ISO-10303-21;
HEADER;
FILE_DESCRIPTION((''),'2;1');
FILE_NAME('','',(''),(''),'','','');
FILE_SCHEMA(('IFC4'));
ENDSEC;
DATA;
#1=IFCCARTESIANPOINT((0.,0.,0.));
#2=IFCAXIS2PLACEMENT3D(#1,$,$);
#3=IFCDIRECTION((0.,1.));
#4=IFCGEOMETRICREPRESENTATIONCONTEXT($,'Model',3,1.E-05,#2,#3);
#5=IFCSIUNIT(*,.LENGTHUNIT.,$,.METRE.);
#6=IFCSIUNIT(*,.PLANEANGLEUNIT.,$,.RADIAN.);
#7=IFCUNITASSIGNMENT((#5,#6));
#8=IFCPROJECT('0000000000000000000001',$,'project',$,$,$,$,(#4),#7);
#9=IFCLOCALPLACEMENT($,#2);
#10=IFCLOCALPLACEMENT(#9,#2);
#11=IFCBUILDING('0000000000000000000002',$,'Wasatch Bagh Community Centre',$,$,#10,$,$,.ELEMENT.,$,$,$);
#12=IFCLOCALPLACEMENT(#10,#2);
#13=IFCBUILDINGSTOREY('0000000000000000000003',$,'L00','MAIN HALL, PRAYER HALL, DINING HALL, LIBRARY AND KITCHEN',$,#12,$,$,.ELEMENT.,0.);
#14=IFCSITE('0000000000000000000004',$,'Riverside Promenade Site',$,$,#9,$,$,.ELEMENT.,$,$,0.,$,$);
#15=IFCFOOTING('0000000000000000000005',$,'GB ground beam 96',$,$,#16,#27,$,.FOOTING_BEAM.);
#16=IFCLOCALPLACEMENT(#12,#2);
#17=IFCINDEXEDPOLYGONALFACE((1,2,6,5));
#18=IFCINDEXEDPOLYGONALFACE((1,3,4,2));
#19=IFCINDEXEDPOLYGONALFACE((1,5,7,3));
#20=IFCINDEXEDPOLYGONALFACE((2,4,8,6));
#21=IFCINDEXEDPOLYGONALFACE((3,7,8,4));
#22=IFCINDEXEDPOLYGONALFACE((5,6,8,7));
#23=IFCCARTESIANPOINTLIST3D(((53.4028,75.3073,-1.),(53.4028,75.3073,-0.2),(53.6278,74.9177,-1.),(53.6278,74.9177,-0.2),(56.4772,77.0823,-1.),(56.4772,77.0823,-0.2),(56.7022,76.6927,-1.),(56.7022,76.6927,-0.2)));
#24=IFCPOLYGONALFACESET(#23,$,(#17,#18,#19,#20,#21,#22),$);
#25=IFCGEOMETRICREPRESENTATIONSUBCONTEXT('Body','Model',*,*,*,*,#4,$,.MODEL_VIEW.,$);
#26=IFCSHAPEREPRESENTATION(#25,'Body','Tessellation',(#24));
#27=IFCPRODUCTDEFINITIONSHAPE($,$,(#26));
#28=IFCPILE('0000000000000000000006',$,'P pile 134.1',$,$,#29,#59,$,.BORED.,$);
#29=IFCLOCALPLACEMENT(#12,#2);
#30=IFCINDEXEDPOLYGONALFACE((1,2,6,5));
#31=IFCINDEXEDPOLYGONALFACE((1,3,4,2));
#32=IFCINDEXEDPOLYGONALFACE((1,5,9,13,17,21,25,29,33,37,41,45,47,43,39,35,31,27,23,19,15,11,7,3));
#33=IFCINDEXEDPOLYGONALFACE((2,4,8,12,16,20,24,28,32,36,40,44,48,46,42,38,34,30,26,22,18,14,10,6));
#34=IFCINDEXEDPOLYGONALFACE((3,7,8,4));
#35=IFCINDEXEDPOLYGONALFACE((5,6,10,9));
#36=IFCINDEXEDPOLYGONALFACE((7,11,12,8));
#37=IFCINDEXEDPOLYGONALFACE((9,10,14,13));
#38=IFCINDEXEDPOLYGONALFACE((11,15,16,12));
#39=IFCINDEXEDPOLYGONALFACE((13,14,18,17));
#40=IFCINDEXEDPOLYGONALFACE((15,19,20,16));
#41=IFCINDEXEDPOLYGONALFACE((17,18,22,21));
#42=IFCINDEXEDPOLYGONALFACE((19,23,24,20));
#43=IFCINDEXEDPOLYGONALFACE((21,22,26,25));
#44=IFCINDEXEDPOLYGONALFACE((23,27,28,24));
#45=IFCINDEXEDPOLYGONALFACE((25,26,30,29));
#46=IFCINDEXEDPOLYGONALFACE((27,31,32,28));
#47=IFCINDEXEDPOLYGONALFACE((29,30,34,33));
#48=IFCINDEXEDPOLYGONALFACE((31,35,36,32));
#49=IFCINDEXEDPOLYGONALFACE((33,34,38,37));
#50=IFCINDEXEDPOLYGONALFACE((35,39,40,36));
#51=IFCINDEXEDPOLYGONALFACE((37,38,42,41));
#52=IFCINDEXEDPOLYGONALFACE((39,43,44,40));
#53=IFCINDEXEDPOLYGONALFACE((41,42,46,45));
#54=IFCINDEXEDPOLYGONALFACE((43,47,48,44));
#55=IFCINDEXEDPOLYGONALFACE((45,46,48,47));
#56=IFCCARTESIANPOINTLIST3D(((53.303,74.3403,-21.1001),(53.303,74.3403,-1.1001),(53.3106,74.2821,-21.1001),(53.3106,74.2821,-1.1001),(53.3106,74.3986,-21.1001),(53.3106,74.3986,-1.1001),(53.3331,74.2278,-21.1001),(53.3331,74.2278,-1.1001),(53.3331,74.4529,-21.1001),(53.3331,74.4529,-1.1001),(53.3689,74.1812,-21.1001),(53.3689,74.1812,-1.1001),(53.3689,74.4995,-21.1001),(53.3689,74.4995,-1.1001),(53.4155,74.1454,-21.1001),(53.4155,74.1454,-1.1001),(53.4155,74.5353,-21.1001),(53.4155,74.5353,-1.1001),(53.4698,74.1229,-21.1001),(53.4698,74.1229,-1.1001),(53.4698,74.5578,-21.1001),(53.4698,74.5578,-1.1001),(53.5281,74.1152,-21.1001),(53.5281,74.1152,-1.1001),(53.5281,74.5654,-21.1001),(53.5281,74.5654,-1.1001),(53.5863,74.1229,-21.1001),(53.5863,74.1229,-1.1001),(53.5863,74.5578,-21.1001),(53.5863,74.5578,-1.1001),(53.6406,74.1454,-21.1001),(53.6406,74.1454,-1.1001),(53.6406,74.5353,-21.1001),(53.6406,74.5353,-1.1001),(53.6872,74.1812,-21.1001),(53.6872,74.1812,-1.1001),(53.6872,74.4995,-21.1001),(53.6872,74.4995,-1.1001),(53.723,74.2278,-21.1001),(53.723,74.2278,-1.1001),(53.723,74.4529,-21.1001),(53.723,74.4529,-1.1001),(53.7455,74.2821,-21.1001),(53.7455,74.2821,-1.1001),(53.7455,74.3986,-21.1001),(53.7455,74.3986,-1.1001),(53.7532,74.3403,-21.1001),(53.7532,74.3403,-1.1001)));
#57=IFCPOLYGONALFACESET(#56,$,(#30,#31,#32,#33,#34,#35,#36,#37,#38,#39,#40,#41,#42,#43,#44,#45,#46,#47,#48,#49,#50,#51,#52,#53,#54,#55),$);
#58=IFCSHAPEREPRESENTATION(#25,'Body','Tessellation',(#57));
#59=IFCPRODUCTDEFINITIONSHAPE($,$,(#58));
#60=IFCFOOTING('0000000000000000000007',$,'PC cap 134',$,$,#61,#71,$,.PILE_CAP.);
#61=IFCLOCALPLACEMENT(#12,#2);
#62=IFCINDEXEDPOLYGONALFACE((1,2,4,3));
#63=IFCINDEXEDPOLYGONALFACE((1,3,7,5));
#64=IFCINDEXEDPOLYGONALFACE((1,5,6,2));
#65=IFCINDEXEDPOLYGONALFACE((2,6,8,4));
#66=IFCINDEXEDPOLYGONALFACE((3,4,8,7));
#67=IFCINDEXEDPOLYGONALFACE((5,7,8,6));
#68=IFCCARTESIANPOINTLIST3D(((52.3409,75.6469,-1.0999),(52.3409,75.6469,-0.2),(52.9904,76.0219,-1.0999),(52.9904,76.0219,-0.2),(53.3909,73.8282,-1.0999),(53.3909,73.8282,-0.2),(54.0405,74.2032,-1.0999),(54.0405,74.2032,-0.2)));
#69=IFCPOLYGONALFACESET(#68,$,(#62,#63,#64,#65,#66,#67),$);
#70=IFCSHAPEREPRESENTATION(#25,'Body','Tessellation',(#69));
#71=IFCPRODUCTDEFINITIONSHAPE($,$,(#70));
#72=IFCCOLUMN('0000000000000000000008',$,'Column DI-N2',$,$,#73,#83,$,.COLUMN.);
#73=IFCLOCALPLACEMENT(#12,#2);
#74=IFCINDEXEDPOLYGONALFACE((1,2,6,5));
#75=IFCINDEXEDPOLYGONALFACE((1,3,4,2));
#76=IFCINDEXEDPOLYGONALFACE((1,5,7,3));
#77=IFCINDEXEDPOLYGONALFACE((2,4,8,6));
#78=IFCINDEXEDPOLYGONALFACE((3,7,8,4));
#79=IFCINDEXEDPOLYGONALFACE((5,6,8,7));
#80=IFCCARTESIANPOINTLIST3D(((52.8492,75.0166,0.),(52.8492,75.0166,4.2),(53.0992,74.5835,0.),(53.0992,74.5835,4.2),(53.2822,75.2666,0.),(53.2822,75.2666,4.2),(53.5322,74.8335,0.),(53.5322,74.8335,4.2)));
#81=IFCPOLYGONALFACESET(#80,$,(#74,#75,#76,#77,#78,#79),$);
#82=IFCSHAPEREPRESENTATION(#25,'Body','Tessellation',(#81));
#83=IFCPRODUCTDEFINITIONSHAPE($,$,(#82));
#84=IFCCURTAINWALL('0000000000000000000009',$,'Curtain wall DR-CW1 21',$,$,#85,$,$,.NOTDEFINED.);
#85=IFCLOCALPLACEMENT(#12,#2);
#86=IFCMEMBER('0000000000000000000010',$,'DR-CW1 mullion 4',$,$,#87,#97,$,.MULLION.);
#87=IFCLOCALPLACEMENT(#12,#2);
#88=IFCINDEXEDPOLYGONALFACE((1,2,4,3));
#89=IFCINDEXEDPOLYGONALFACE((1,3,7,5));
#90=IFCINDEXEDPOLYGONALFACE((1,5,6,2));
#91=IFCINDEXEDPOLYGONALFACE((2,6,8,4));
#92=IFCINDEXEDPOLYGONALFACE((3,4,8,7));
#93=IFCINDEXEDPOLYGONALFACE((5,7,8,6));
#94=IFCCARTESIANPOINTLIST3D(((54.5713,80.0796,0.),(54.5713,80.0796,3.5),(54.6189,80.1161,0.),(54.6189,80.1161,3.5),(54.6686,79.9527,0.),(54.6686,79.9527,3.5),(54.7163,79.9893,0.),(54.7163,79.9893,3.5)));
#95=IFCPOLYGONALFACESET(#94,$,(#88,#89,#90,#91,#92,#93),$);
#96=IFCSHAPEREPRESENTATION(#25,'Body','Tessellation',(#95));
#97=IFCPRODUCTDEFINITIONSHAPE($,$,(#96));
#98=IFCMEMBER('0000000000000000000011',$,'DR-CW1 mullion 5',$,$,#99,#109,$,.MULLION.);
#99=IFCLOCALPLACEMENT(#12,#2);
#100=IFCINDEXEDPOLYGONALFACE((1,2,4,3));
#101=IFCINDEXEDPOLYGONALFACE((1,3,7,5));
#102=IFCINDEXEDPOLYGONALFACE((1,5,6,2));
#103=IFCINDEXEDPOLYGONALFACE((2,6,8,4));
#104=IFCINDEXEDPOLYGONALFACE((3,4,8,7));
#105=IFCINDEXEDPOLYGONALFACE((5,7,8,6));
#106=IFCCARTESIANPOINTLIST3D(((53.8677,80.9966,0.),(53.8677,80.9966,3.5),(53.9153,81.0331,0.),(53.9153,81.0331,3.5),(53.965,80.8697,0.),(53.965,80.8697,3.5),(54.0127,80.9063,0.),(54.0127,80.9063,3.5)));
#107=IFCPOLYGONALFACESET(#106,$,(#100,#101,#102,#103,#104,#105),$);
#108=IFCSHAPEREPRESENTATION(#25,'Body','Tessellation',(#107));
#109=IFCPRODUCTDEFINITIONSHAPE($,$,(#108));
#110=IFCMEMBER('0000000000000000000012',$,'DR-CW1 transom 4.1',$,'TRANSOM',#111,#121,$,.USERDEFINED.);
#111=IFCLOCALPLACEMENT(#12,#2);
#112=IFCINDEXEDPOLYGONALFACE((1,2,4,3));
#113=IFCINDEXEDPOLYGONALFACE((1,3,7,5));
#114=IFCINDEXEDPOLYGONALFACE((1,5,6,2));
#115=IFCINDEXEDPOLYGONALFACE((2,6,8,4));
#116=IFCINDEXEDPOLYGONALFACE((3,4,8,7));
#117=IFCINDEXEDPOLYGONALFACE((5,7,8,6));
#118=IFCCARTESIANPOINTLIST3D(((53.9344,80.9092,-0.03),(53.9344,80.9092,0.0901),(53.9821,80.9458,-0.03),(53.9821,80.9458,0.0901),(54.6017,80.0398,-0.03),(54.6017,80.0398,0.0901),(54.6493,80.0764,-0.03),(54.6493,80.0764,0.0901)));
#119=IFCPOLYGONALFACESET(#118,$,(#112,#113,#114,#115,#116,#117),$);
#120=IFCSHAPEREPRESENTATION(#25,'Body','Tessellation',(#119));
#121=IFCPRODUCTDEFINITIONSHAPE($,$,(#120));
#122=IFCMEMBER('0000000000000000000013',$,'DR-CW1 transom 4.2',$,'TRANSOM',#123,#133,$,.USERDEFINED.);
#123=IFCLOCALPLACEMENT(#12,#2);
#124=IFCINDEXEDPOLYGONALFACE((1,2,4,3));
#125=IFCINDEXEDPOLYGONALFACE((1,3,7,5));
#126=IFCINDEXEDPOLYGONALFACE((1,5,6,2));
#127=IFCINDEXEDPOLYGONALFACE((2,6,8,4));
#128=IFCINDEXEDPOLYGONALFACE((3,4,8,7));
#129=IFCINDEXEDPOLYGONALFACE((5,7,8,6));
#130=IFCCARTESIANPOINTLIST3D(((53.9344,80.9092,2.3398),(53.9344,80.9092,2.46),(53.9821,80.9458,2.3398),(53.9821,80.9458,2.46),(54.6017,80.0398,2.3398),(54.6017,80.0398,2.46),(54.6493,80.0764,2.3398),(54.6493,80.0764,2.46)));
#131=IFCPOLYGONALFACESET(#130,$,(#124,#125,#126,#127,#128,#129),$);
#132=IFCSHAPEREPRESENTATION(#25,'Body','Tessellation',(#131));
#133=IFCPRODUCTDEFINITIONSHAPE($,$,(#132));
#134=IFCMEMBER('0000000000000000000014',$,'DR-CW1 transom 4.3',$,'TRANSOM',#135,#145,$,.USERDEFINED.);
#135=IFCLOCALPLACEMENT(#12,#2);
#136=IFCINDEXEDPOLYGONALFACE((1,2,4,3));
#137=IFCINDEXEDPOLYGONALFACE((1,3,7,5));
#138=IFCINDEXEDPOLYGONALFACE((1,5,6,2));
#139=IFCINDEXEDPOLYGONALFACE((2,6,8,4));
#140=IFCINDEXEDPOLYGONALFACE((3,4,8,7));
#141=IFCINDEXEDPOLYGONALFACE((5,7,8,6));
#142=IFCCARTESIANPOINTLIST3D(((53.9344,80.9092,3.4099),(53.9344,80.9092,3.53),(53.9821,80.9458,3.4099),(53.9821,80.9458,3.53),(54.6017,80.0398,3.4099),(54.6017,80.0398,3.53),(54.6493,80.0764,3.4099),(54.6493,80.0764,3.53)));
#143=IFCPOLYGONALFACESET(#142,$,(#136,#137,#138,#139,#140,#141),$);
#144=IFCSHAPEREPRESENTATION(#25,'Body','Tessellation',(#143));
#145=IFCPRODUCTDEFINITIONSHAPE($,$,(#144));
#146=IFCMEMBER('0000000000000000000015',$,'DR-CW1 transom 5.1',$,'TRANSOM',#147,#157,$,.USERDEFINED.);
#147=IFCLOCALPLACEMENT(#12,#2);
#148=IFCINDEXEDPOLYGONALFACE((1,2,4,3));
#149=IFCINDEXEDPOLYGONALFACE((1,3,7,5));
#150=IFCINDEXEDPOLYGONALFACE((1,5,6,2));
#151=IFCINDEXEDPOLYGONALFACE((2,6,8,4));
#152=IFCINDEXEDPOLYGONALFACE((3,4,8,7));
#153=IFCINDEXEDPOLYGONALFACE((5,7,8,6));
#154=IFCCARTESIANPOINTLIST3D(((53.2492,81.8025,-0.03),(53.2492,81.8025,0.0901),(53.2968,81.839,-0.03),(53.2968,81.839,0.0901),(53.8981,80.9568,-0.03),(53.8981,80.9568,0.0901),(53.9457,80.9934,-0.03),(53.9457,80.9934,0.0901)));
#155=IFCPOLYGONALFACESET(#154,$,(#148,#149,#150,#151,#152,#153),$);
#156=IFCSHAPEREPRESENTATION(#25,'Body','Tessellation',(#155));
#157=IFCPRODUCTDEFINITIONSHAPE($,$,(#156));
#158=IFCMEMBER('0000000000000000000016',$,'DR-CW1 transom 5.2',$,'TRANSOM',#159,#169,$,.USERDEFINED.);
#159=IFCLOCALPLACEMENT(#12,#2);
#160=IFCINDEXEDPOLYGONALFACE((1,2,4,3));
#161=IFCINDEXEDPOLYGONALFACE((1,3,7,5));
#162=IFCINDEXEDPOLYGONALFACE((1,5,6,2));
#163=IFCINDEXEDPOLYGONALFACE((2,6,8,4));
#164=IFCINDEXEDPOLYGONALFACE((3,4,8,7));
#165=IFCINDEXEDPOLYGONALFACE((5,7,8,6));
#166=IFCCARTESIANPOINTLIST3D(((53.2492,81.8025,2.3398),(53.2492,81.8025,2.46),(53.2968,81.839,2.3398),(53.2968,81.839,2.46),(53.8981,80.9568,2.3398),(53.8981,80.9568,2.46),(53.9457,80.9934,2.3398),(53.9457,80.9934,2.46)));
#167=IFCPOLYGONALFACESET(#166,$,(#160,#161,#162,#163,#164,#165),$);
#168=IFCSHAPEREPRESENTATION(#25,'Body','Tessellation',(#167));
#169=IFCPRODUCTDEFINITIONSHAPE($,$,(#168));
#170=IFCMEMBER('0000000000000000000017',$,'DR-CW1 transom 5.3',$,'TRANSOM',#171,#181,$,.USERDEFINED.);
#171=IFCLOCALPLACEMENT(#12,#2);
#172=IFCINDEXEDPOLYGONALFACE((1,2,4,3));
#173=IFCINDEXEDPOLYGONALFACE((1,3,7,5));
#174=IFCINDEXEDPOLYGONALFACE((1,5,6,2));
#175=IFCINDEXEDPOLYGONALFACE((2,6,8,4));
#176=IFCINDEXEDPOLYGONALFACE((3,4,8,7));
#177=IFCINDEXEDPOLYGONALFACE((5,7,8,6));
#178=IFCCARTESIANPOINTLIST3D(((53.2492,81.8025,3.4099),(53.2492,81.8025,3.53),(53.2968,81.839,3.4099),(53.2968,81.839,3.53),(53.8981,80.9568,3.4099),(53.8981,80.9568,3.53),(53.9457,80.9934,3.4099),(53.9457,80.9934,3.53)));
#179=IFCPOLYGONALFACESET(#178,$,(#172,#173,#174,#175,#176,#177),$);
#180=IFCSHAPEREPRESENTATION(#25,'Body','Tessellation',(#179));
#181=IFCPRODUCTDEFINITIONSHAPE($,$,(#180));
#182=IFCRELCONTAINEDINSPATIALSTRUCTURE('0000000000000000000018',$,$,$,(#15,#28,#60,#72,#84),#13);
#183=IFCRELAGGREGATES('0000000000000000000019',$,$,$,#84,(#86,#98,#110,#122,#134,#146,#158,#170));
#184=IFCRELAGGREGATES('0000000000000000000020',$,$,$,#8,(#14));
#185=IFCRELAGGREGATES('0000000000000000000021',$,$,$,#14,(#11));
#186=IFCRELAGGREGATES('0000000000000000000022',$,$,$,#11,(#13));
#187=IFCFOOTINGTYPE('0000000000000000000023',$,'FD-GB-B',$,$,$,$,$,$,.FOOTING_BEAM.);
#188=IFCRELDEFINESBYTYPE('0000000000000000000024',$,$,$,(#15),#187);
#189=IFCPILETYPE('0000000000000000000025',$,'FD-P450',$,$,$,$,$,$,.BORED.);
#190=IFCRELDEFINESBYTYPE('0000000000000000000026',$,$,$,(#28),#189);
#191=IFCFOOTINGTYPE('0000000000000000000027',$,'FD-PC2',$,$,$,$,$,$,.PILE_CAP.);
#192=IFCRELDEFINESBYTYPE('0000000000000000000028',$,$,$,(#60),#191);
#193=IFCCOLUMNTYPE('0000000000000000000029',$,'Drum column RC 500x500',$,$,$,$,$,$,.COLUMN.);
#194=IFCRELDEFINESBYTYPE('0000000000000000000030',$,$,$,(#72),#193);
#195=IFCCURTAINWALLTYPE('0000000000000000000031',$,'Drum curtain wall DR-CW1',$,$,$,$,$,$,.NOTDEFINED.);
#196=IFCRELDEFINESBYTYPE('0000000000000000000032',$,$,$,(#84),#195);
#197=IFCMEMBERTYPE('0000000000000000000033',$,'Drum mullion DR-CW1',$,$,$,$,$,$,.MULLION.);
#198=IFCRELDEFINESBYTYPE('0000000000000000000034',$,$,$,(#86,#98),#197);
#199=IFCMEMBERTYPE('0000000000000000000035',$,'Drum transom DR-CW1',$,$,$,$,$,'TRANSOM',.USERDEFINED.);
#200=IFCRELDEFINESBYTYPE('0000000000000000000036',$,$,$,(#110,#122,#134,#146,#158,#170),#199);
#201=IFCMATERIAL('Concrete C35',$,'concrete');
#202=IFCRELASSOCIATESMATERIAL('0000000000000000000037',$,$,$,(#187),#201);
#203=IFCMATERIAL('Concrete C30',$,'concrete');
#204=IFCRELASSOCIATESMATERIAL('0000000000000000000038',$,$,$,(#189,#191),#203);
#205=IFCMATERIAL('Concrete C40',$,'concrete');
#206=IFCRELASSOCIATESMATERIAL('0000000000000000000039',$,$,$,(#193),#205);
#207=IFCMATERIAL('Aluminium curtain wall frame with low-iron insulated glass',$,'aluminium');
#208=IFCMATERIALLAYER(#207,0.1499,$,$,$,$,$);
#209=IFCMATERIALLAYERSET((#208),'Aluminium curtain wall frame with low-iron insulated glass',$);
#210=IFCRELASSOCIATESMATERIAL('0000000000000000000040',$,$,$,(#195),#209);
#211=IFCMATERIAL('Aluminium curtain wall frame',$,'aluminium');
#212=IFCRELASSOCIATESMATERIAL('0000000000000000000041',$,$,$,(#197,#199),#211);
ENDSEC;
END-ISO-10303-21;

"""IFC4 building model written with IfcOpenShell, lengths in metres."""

from ifc_helpers import new_model, si_unit, direction, frame, origin, origin_2d, place, context, subcontext, project, spatial, rectangle, circle, extrude, material, layer, layer_set, material_profile, profile_set, type_object, element, aggregate, save


model = new_model("IFC4")

# Units and contexts
model_context = context("Model", 3, precision=1e-05, world=origin(), true_north=direction((0.0, 1.0)))
body_context = subcontext(model_context, "Body", "Model", "MODEL_VIEW")
ifc_project = project(units=[si_unit("LENGTHUNIT", "METRE"), si_unit("PLANEANGLEUNIT", "RADIAN")], contexts=[model_context])

# Site, building, storey
site_placement = place(None, origin())
site = spatial("IfcSite", under=ifc_project, at=site_placement, Name="Riverside Promenade Site", CompositionType="ELEMENT", RefElevation=0.0)
building_placement = place(site_placement, origin())
building = spatial("IfcBuilding", under=site, at=building_placement, Name="Wasatch Bagh Community Centre", CompositionType="ELEMENT")
storey_placement = place(building_placement, origin())
storey = spatial("IfcBuildingStorey", under=building, at=storey_placement, Name="L00", Description="MAIN HALL, PRAYER HALL, DINING HALL, LIBRARY AND KITCHEN", CompositionType="ELEMENT", Elevation=0.0)

# Footing
ifc_material_1 = material(Name="Concrete C35", Category="concrete")
footing_type_1 = type_object("IfcFootingType", Name="FD-GB-B", PredefinedType="FOOTING_BEAM", material=ifc_material_1)
footing_1_placement = place(storey_placement, frame((55.0525, 76.0, -1.0), z_axis=(0.0, 0.0, 1.0), x_axis=(0.866025, 0.5, 0.0)))
element("IfcFooting", 1, at=footing_1_placement, inside=storey, type_object=footing_type_1, Name="GB ground beam 96", PredefinedType="FOOTING_BEAM", context=body_context, shape_type="SweptSolid", body=[
    extrude(rectangle(XDim=3.55, YDim=0.45, at=origin_2d()), origin(), (0.0, 0.0, 1.0), 0.8),
])

# Pile
ifc_material_2 = material(Name="Concrete C30", Category="concrete")
ifc_material_profile_1 = material_profile(ifc_material_2, circle(Radius=0.2251, at=origin_2d()), Name="RC D450")
ifc_profile_set_1 = profile_set([ifc_material_profile_1], Name="Concrete C30")
pile_type = type_object("IfcPileType", Name="FD-P450", PredefinedType="BORED", material=ifc_profile_set_1)
pile_placement = place(storey_placement, frame((53.5281, 74.3403, -1.1001), z_axis=(0.0, 0.0, -1.0), x_axis=(1.0, 0.0, 0.0)))
element("IfcPile", 2, at=pile_placement, inside=storey, type_object=pile_type, Name="P pile 134.1", PredefinedType="BORED", context=body_context, shape_type="SweptSolid", body=[
    extrude(circle(Radius=0.2251, at=origin_2d()), origin(), (0.0, 0.0, 1.0), 20.0),
])

# Footing
footing_type_2 = type_object("IfcFootingType", Name="FD-PC2", PredefinedType="PILE_CAP", material=ifc_material_2)
footing_2_placement = place(storey_placement, frame((53.1907, 74.925, -1.0999), z_axis=(0.0, 0.0, 1.0), x_axis=(-0.5, 0.866025, 0.0)))
element("IfcFooting", 3, at=footing_2_placement, inside=storey, type_object=footing_type_2, Name="PC cap 134", PredefinedType="PILE_CAP", context=body_context, shape_type="SweptSolid", body=[
    extrude(rectangle(XDim=2.1001, YDim=0.75, at=origin_2d()), origin(), (0.0, 0.0, 1.0), 0.8999),
])

# Column
ifc_material_3 = material(Name="Concrete C40", Category="concrete")
ifc_material_profile_2 = material_profile(ifc_material_3, rectangle(XDim=0.5, YDim=0.5, at=origin_2d()), Name="RC 500x500")
ifc_profile_set_2 = profile_set([ifc_material_profile_2], Name="Concrete C40")
column_type = type_object("IfcColumnType", Name="Drum column RC 500x500", PredefinedType="COLUMN", material=ifc_profile_set_2)
column_placement = place(storey_placement, frame((53.1907, 74.925, 0.0), z_axis=(0.0, 0.0, 1.0), x_axis=(0.866025, 0.5, 0.0)))
element("IfcColumn", 4, at=column_placement, inside=storey, type_object=column_type, Name="Column DI-N2", PredefinedType="COLUMN", context=body_context, shape_type="SweptSolid", body=[
    extrude(rectangle(XDim=0.5, YDim=0.5, at=origin_2d()), origin(), (0.0, 0.0, 1.0), 4.2),
])

# Curtain wall, members
ifc_material_4 = material(Name="Aluminium curtain wall frame with low-iron insulated glass", Category="aluminium")
ifc_layer_1 = layer(ifc_material_4, 0.1499)
ifc_layer_set_1 = layer_set([ifc_layer_1], Name="Aluminium curtain wall frame with low-iron insulated glass")
curtain_wall_type = type_object("IfcCurtainWallType", Name="Drum curtain wall DR-CW1", PredefinedType="NOTDEFINED", material=ifc_layer_set_1)
curtain_wall_placement = place(storey_placement, origin())
curtain_wall = element("IfcCurtainWall", 5, at=curtain_wall_placement, inside=storey, type_object=curtain_wall_type, Name="Curtain wall DR-CW1 21", PredefinedType="NOTDEFINED")
ifc_material_5 = material(Name="Aluminium curtain wall frame", Category="aluminium")
ifc_material_profile_3 = material_profile(ifc_material_5, rectangle(XDim=0.0601, YDim=0.1599, at=origin_2d()), Name="Drum mullion DR-CW1")
ifc_profile_set_3 = profile_set([ifc_material_profile_3], Name="Aluminium curtain wall frame")
member_type_1 = type_object("IfcMemberType", Name="Drum mullion DR-CW1", PredefinedType="MULLION", material=ifc_profile_set_3)
member_1_placement = place(storey_placement, frame((54.6438, 80.0344, 0.0), z_axis=(0.0, 0.0, 1.0), x_axis=(-0.793353, -0.608761, 0.0)))
member_1 = element("IfcMember", 6, at=member_1_placement, type_object=member_type_1, Name="DR-CW1 mullion 4", PredefinedType="MULLION", context=body_context, shape_type="SweptSolid", body=[
    extrude(rectangle(XDim=0.0601, YDim=0.1599, at=origin_2d()), origin(), (0.0, 0.0, 1.0), 3.5),
])
member_2_placement = place(storey_placement, frame((53.9402, 80.9514, 0.0), z_axis=(0.0, 0.0, 1.0), x_axis=(-0.793353, -0.608761, 0.0)))
member_2 = element("IfcMember", 7, at=member_2_placement, type_object=member_type_1, Name="DR-CW1 mullion 5", PredefinedType="MULLION", context=body_context, shape_type="SweptSolid", body=[
    extrude(rectangle(XDim=0.0601, YDim=0.1599, at=origin_2d()), origin(), (0.0, 0.0, 1.0), 3.5),
])
ifc_material_profile_4 = material_profile(ifc_material_5, rectangle(XDim=0.0601, YDim=0.1201, at=origin_2d()), Name="Drum transom DR-CW1")
ifc_profile_set_4 = profile_set([ifc_material_profile_4], Name="Aluminium curtain wall frame")
member_type_2 = type_object("IfcMemberType", Name="Drum transom DR-CW1", ElementType="TRANSOM", PredefinedType="USERDEFINED", material=ifc_profile_set_4)
member_3_placement = place(storey_placement, frame((54.6255, 80.0581, 0.03), z_axis=(-0.608838, 0.793294, 0.0), x_axis=(-0.793294, -0.608838, 0.0)))
member_3 = element("IfcMember", 8, at=member_3_placement, type_object=member_type_2, Name="DR-CW1 transom 4.1", ObjectType="TRANSOM", PredefinedType="USERDEFINED", context=body_context, shape_type="SweptSolid", body=[
    extrude(rectangle(XDim=0.0601, YDim=0.1201, at=origin_2d()), origin(), (0.0, 0.0, 1.0), 1.0959),
])
member_4_placement = place(storey_placement, frame((54.6255, 80.0581, 2.3999), z_axis=(-0.608838, 0.793294, 0.0), x_axis=(-0.793294, -0.608838, 0.0)))
member_4 = element("IfcMember", 9, at=member_4_placement, type_object=member_type_2, Name="DR-CW1 transom 4.2", ObjectType="TRANSOM", PredefinedType="USERDEFINED", context=body_context, shape_type="SweptSolid", body=[
    extrude(rectangle(XDim=0.0601, YDim=0.1201, at=origin_2d()), origin(), (0.0, 0.0, 1.0), 1.0959),
])
member_5_placement = place(storey_placement, frame((54.6255, 80.0581, 3.47), z_axis=(-0.608838, 0.793294, 0.0), x_axis=(-0.793294, -0.608838, 0.0)))
member_5 = element("IfcMember", 10, at=member_5_placement, type_object=member_type_2, Name="DR-CW1 transom 4.3", ObjectType="TRANSOM", PredefinedType="USERDEFINED", context=body_context, shape_type="SweptSolid", body=[
    extrude(rectangle(XDim=0.0601, YDim=0.1201, at=origin_2d()), origin(), (0.0, 0.0, 1.0), 1.0959),
])
member_6_placement = place(storey_placement, frame((53.9219, 80.9751, 0.03), z_axis=(-0.608758, 0.793356, 0.0), x_axis=(-0.793356, -0.608758, 0.0)))
member_6 = element("IfcMember", 11, at=member_6_placement, type_object=member_type_2, Name="DR-CW1 transom 5.1", ObjectType="TRANSOM", PredefinedType="USERDEFINED", context=body_context, shape_type="SweptSolid", body=[
    extrude(rectangle(XDim=0.0601, YDim=0.1201, at=origin_2d()), origin(), (0.0, 0.0, 1.0), 1.0659),
])
member_7_placement = place(storey_placement, frame((53.9219, 80.9751, 2.3999), z_axis=(-0.608758, 0.793356, 0.0), x_axis=(-0.793356, -0.608758, 0.0)))
member_7 = element("IfcMember", 12, at=member_7_placement, type_object=member_type_2, Name="DR-CW1 transom 5.2", ObjectType="TRANSOM", PredefinedType="USERDEFINED", context=body_context, shape_type="SweptSolid", body=[
    extrude(rectangle(XDim=0.0601, YDim=0.1201, at=origin_2d()), origin(), (0.0, 0.0, 1.0), 1.0659),
])
member_8_placement = place(storey_placement, frame((53.9219, 80.9751, 3.47), z_axis=(-0.608758, 0.793356, 0.0), x_axis=(-0.793356, -0.608758, 0.0)))
member_8 = element("IfcMember", 13, at=member_8_placement, type_object=member_type_2, Name="DR-CW1 transom 5.3", ObjectType="TRANSOM", PredefinedType="USERDEFINED", context=body_context, shape_type="SweptSolid", body=[
    extrude(rectangle(XDim=0.0601, YDim=0.1201, at=origin_2d()), origin(), (0.0, 0.0, 1.0), 1.0659),
])
aggregate(curtain_wall, [member_1, member_2, member_3, member_4, member_5, member_6, member_7, member_8])

save(model, "model.ifc")
